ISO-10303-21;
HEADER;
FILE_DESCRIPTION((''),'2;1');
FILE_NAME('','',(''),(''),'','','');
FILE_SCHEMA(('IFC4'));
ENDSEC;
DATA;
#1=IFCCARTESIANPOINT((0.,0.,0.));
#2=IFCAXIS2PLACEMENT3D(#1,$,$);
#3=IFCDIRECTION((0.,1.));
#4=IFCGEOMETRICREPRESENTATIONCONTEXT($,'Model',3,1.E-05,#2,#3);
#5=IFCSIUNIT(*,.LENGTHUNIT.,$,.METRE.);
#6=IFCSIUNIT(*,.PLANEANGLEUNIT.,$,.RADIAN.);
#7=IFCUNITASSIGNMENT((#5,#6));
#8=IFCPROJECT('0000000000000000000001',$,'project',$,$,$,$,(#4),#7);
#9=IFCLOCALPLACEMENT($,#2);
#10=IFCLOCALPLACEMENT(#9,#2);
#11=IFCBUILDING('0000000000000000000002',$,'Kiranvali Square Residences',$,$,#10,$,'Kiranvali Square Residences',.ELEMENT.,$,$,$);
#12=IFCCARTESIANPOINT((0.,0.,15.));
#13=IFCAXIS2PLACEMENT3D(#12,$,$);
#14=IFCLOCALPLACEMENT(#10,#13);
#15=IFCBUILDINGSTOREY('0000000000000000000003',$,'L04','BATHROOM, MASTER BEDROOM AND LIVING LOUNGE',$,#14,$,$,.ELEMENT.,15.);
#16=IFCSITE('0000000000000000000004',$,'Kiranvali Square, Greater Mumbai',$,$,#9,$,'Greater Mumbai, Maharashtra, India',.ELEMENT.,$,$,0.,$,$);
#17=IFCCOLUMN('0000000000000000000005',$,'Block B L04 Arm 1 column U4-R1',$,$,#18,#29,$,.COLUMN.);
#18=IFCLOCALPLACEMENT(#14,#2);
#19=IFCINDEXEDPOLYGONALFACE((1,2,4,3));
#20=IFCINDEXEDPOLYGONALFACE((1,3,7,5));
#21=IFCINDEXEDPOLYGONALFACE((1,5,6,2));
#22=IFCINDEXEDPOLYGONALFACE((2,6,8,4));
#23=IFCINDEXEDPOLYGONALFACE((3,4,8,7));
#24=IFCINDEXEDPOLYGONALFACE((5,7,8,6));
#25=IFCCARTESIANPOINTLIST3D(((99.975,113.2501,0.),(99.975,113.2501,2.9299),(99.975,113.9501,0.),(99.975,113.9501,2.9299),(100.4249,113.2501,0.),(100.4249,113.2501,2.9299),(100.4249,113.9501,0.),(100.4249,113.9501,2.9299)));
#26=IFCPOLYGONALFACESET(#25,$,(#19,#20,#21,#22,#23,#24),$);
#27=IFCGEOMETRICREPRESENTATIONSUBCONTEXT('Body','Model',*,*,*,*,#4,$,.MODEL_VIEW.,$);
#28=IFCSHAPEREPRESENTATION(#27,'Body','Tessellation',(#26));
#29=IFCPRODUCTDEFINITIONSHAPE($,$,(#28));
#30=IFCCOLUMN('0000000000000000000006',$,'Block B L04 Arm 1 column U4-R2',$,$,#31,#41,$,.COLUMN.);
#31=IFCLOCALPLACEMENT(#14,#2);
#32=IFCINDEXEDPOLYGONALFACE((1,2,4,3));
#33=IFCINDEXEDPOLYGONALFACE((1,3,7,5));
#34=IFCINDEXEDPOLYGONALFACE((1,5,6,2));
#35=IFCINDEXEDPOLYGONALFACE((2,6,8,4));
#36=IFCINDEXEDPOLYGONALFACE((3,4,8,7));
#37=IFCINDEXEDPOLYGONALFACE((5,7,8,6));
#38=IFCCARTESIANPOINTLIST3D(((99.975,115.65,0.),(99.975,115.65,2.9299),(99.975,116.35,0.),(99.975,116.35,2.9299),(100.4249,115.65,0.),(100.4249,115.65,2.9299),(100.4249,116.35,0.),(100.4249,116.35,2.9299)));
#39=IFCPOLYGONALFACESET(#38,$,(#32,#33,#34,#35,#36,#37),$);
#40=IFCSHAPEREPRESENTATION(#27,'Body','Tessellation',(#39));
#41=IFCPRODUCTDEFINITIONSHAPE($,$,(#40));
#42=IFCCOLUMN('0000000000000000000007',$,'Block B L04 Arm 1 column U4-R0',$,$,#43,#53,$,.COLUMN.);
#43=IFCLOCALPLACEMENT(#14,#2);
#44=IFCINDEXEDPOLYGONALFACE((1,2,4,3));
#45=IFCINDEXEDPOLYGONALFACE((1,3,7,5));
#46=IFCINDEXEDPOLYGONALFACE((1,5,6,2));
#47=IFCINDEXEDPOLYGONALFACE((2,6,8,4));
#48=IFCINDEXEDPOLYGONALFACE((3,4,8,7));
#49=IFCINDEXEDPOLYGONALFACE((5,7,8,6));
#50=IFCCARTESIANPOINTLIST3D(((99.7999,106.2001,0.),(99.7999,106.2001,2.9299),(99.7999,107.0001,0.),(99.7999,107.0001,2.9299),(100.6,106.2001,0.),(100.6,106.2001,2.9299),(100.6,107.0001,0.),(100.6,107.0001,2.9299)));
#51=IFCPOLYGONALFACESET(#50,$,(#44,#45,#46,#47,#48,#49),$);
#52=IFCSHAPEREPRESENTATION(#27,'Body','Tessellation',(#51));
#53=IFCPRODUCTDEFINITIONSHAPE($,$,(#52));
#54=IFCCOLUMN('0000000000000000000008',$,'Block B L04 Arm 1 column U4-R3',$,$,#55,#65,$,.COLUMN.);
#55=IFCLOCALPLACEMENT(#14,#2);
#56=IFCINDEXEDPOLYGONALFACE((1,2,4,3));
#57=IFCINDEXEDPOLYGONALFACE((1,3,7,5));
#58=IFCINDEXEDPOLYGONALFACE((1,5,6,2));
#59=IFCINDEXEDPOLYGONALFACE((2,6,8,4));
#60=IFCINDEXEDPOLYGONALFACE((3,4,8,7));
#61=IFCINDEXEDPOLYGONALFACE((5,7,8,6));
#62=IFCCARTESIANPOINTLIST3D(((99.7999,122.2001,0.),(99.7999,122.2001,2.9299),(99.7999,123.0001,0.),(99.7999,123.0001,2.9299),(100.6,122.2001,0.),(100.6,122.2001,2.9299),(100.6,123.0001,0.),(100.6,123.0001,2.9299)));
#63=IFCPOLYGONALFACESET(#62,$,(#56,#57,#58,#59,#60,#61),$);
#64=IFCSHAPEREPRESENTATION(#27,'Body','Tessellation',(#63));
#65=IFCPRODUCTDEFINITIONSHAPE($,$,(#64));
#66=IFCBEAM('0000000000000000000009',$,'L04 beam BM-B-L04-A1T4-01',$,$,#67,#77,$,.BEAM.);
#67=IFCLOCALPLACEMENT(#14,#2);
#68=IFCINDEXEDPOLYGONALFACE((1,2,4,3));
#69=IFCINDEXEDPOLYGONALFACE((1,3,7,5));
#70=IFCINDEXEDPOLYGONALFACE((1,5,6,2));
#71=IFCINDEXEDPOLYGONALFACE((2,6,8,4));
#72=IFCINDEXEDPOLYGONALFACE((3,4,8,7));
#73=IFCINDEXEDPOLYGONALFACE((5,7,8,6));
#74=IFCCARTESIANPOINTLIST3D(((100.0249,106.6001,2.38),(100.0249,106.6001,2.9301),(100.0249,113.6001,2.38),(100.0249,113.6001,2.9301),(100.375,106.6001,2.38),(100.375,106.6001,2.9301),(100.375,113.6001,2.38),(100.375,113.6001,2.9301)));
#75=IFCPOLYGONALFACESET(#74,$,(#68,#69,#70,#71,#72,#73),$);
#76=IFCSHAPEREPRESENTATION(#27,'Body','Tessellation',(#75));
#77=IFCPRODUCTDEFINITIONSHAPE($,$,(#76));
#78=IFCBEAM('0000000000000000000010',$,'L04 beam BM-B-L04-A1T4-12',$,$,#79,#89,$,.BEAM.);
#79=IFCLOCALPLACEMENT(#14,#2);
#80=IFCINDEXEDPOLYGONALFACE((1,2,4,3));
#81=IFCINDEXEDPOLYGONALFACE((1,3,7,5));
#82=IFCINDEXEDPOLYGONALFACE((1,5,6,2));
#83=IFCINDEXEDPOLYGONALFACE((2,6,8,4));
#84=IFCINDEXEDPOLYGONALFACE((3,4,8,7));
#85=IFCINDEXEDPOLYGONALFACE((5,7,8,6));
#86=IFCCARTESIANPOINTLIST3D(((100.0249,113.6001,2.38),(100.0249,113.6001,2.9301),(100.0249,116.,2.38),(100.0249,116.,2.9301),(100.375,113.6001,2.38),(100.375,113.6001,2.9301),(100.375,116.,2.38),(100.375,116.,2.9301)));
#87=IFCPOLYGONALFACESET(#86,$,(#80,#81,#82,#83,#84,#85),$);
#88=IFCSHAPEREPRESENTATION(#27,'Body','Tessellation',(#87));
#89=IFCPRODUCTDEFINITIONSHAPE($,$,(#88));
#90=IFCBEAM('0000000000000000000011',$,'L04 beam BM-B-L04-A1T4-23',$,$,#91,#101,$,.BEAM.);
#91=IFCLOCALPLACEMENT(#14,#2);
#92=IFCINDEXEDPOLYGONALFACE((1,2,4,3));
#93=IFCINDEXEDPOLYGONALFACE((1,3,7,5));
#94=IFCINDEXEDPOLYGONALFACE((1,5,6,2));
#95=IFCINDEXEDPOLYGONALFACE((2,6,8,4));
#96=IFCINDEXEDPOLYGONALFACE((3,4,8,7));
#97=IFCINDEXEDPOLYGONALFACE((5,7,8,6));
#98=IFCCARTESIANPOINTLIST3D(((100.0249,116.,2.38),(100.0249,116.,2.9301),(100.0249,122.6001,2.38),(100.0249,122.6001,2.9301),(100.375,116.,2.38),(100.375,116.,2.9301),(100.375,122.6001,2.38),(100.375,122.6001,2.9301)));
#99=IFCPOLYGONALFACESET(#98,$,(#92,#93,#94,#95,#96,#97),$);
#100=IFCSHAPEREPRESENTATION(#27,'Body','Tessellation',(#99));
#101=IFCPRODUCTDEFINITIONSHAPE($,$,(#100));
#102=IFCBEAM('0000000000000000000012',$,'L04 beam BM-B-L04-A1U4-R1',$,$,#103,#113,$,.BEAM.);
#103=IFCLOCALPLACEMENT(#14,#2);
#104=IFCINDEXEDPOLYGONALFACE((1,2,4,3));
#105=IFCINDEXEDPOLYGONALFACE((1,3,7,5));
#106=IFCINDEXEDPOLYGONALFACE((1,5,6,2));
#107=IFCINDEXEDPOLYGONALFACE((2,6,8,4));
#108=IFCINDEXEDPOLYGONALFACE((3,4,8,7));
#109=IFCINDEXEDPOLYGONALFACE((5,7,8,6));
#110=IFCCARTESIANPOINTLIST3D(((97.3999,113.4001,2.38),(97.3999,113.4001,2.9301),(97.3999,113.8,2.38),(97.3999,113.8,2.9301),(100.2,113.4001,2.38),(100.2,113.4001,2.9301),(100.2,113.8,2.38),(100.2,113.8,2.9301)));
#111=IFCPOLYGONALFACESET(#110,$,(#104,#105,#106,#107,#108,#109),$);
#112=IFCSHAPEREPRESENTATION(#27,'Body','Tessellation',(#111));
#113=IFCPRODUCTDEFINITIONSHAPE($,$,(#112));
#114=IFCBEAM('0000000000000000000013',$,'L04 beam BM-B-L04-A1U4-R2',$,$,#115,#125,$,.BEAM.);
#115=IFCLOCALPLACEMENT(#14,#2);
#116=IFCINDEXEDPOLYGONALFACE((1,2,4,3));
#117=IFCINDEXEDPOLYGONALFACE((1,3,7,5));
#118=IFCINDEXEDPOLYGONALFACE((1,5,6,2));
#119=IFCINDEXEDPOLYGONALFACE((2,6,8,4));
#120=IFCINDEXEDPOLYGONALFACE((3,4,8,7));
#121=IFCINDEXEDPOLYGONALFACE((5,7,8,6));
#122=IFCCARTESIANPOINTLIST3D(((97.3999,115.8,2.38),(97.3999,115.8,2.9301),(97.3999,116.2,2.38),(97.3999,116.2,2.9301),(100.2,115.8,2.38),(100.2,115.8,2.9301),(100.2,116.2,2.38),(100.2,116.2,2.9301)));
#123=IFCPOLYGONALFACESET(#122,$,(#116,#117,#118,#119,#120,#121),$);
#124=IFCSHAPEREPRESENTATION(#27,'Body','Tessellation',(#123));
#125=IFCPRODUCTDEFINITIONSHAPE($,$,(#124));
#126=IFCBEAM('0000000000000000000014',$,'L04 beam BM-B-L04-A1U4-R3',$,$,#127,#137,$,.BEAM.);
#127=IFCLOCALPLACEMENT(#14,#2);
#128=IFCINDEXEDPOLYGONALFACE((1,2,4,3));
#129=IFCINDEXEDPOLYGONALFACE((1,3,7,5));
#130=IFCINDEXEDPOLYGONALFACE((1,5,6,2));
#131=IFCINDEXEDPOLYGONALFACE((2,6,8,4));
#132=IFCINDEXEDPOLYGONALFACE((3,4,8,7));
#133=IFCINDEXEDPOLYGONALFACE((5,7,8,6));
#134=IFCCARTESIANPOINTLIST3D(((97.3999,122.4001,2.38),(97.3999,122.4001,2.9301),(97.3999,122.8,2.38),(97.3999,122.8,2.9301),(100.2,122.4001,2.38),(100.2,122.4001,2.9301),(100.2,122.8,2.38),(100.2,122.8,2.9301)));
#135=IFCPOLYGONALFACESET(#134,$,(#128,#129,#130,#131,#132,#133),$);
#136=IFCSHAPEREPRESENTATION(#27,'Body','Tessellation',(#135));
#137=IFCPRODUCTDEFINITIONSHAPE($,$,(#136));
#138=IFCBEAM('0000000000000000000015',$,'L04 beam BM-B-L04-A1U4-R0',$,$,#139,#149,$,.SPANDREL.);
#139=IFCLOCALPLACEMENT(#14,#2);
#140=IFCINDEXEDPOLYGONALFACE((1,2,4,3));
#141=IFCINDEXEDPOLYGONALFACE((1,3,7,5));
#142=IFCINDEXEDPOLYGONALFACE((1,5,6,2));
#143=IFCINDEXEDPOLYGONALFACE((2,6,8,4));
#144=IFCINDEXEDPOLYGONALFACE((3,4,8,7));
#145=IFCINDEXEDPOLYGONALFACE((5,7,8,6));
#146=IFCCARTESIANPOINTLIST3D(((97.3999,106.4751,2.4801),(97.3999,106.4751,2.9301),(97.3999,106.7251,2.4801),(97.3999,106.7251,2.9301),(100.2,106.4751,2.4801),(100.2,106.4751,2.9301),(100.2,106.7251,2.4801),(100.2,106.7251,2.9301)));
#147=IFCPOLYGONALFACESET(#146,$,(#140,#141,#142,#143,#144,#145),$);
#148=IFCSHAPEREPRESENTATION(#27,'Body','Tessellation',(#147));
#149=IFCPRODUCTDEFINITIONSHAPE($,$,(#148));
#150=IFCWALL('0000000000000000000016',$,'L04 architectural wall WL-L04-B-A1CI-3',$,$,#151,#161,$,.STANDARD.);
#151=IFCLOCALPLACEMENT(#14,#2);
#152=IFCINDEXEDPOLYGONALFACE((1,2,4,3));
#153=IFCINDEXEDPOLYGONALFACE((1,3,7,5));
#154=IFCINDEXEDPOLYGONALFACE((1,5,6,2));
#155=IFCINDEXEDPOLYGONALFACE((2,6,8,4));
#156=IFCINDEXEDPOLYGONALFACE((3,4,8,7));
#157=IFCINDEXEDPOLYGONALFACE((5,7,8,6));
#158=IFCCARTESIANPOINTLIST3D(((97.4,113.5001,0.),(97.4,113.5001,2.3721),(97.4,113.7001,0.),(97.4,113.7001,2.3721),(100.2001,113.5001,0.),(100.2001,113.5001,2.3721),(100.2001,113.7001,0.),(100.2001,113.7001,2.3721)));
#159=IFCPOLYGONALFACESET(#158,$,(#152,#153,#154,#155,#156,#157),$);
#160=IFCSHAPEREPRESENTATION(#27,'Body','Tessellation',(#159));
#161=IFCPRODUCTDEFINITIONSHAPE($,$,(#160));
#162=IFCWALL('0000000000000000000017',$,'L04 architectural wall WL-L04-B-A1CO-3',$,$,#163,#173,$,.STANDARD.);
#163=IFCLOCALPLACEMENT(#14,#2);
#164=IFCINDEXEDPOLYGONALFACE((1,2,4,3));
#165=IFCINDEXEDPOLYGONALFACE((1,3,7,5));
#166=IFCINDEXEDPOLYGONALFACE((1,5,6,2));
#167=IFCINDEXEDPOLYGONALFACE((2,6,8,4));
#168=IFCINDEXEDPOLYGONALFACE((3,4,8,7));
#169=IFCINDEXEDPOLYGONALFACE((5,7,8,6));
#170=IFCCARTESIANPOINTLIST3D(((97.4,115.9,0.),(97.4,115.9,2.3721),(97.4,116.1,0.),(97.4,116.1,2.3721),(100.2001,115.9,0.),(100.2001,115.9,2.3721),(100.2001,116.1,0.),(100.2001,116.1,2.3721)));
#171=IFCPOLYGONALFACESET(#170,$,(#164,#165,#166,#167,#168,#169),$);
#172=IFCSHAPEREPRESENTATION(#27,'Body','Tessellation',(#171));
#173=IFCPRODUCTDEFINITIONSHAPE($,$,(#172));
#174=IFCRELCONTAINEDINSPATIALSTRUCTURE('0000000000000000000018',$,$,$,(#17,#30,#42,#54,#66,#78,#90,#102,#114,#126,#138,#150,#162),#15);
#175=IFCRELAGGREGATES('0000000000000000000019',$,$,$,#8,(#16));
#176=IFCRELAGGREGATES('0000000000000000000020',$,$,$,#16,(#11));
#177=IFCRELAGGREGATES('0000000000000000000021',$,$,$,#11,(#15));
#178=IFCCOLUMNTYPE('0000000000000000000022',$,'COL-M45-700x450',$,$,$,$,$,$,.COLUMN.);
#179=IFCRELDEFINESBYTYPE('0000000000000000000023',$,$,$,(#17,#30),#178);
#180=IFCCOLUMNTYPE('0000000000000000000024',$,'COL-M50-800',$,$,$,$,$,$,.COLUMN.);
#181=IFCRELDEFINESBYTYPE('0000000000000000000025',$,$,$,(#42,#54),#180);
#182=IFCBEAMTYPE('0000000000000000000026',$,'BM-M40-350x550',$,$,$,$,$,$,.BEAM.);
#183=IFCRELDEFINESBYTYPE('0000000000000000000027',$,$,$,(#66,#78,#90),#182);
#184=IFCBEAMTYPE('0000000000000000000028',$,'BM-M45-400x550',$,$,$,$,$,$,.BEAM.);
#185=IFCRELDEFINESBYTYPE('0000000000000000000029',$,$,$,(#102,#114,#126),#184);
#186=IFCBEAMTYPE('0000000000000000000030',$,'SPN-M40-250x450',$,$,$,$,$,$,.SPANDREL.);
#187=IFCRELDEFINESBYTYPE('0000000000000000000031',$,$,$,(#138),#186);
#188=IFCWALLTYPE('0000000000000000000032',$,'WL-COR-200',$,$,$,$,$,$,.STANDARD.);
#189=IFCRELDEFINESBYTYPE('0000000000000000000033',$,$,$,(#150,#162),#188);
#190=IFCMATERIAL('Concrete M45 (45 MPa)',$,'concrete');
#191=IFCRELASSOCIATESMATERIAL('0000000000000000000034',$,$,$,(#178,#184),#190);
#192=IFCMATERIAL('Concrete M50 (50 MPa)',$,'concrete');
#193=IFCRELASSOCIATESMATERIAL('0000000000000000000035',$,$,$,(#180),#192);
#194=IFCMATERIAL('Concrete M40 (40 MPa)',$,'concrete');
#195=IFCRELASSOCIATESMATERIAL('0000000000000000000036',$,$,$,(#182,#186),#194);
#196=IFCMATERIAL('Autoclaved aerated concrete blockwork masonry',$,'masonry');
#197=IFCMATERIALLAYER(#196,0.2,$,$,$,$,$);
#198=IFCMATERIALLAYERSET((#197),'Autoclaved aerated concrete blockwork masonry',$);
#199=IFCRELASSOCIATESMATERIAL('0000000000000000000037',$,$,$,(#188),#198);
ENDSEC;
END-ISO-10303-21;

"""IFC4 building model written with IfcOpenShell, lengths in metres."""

from ifc_helpers import new_model, si_unit, direction, frame, frame_2d, origin, origin_2d, place, context, subcontext, project, spatial, rectangle, extrude, material, layer, layer_set, material_profile, profile_set, type_object, element, save


model = new_model("IFC4")

# Units and contexts
model_context = context("Model", 3, precision=1e-05, world=origin(), true_north=direction((0.0, 1.0)))
body_context = subcontext(model_context, "Body", "Model", "MODEL_VIEW")
ifc_project = project(units=[si_unit("LENGTHUNIT", "METRE"), si_unit("PLANEANGLEUNIT", "RADIAN")], contexts=[model_context])

# Site, building, storey
site_placement = place(None, origin())
site = spatial("IfcSite", under=ifc_project, at=site_placement, Name="Kiranvali Square, Greater Mumbai", LongName="Greater Mumbai, Maharashtra, India", CompositionType="ELEMENT", RefElevation=0.0)
building_placement = place(site_placement, origin())
building = spatial("IfcBuilding", under=site, at=building_placement, Name="Kiranvali Square Residences", LongName="Kiranvali Square Residences", CompositionType="ELEMENT")
storey_placement = place(building_placement, frame((0.0, 0.0, 15.0)))
storey = spatial("IfcBuildingStorey", under=building, at=storey_placement, Name="L04", Description="BATHROOM, MASTER BEDROOM AND LIVING LOUNGE", CompositionType="ELEMENT", Elevation=15.0)

# Columns
ifc_material_1 = material(Name="Concrete M45 (45 MPa)", Category="concrete")
ifc_material_profile_1 = material_profile(ifc_material_1, rectangle(XDim=0.45, YDim=0.7, at=origin_2d()), Name="RC 700x450")
ifc_profile_set_1 = profile_set([ifc_material_profile_1], Name="Concrete M45 (45 MPa)")
column_type_1 = type_object("IfcColumnType", Name="COL-M45-700x450", PredefinedType="COLUMN", material=ifc_profile_set_1)
for number, where, z_axis, x_axis, name in (
    (1, (100.2, 113.6001, 0.0), (0.0, 0.0, 1.0), (1.0, 0.0, 0.0), "Block B L04 Arm 1 column U4-R1"),
    (2, (100.2, 116.0, 0.0), (0.0, 0.0, 1.0), (1.0, 0.0, 0.0), "Block B L04 Arm 1 column U4-R2"),
):
    element("IfcColumn", number, at=place(storey_placement, frame(where, z_axis=z_axis, x_axis=x_axis)), inside=storey, type_object=column_type_1, Name=name, PredefinedType="COLUMN", context=body_context, shape_type="SweptSolid", body=[
        extrude(rectangle(XDim=0.45, YDim=0.7, at=origin_2d()), origin(), (0.0, 0.0, 1.0), 2.9299),
    ])
ifc_material_2 = material(Name="Concrete M50 (50 MPa)", Category="concrete")
ifc_material_profile_2 = material_profile(ifc_material_2, rectangle(XDim=0.8, YDim=0.8, at=origin_2d()), Name="RC 800x800")
ifc_profile_set_2 = profile_set([ifc_material_profile_2], Name="Concrete M50 (50 MPa)")
column_type_2 = type_object("IfcColumnType", Name="COL-M50-800", PredefinedType="COLUMN", material=ifc_profile_set_2)
for number, where, z_axis, x_axis, name in (
    (3, (100.2, 106.6001, 0.0), (0.0, 0.0, 1.0), (1.0, 0.0, 0.0), "Block B L04 Arm 1 column U4-R0"),
    (4, (100.2, 122.6001, 0.0), (0.0, 0.0, 1.0), (1.0, 0.0, 0.0), "Block B L04 Arm 1 column U4-R3"),
):
    element("IfcColumn", number, at=place(storey_placement, frame(where, z_axis=z_axis, x_axis=x_axis)), inside=storey, type_object=column_type_2, Name=name, PredefinedType="COLUMN", context=body_context, shape_type="SweptSolid", body=[
        extrude(rectangle(XDim=0.8, YDim=0.8, at=origin_2d()), origin(), (0.0, 0.0, 1.0), 2.9299),
    ])

# Beams
ifc_material_3 = material(Name="Concrete M40 (40 MPa)", Category="concrete")
ifc_material_profile_3 = material_profile(ifc_material_3, rectangle(XDim=0.3501, YDim=0.55, at=origin_2d()), Name="RC 350x550")
ifc_profile_set_3 = profile_set([ifc_material_profile_3], Name="Concrete M40 (40 MPa)")
beam_type_1 = type_object("IfcBeamType", Name="BM-M40-350x550", PredefinedType="BEAM", material=ifc_profile_set_3)
beam_1_placement = place(storey_placement, frame((100.2, 106.6001, 2.655), z_axis=(0.0, 1.0, 0.0), x_axis=(-1.0, 0.0, 0.0)))
element("IfcBeam", 5, at=beam_1_placement, inside=storey, type_object=beam_type_1, Name="L04 beam BM-B-L04-A1T4-01", PredefinedType="BEAM", context=body_context, shape_type="SweptSolid", body=[
    extrude(rectangle(XDim=0.3501, YDim=0.55, at=origin_2d()), origin(), (0.0, 0.0, 1.0), 7.0),
])
beam_2_placement = place(storey_placement, frame((100.2, 113.6001, 2.655), z_axis=(0.0, 1.0, 0.0), x_axis=(-1.0, 0.0, 0.0)))
element("IfcBeam", 6, at=beam_2_placement, inside=storey, type_object=beam_type_1, Name="L04 beam BM-B-L04-A1T4-12", PredefinedType="BEAM", context=body_context, shape_type="SweptSolid", body=[
    extrude(rectangle(XDim=0.3501, YDim=0.55, at=origin_2d()), origin(), (0.0, 0.0, 1.0), 2.3999),
])
beam_3_placement = place(storey_placement, frame((100.2, 116.0, 2.655), z_axis=(0.0, 1.0, 0.0), x_axis=(-1.0, 0.0, 0.0)))
element("IfcBeam", 7, at=beam_3_placement, inside=storey, type_object=beam_type_1, Name="L04 beam BM-B-L04-A1T4-23", PredefinedType="BEAM", context=body_context, shape_type="SweptSolid", body=[
    extrude(rectangle(XDim=0.3501, YDim=0.55, at=origin_2d()), origin(), (0.0, 0.0, 1.0), 6.6001),
])
ifc_material_profile_4 = material_profile(ifc_material_1, rectangle(XDim=0.3999, YDim=0.55, at=origin_2d()), Name="RC 400x550")
ifc_profile_set_4 = profile_set([ifc_material_profile_4], Name="Concrete M45 (45 MPa)")
beam_type_2 = type_object("IfcBeamType", Name="BM-M45-400x550", PredefinedType="BEAM", material=ifc_profile_set_4)
for number, where, z_axis, x_axis, name in (
    (8, (100.2, 113.6001, 2.655), (-1.0, 0.0, 0.0), (0.0, -1.0, 0.0), "L04 beam BM-B-L04-A1U4-R1"),
    (9, (100.2, 116.0, 2.655), (-1.0, 0.0, 0.0), (0.0, -1.0, 0.0), "L04 beam BM-B-L04-A1U4-R2"),
    (10, (100.2, 122.6001, 2.655), (-1.0, 0.0, 0.0), (0.0, -1.0, 0.0), "L04 beam BM-B-L04-A1U4-R3"),
):
    element("IfcBeam", number, at=place(storey_placement, frame(where, z_axis=z_axis, x_axis=x_axis)), inside=storey, type_object=beam_type_2, Name=name, PredefinedType="BEAM", context=body_context, shape_type="SweptSolid", body=[
        extrude(rectangle(XDim=0.3999, YDim=0.55, at=origin_2d()), origin(), (0.0, 0.0, 1.0), 2.8),
    ])
ifc_material_profile_5 = material_profile(ifc_material_3, rectangle(XDim=0.25, YDim=0.45, at=origin_2d()), Name="RC 250x450")
ifc_profile_set_5 = profile_set([ifc_material_profile_5], Name="Concrete M40 (40 MPa)")
beam_type_3 = type_object("IfcBeamType", Name="SPN-M40-250x450", PredefinedType="SPANDREL", material=ifc_profile_set_5)
beam_4_placement = place(storey_placement, frame((100.2, 106.6001, 2.7051), z_axis=(-1.0, 0.0, 0.0), x_axis=(0.0, -1.0, 0.0)))
element("IfcBeam", 11, at=beam_4_placement, inside=storey, type_object=beam_type_3, Name="L04 beam BM-B-L04-A1U4-R0", PredefinedType="SPANDREL", context=body_context, shape_type="SweptSolid", body=[
    extrude(rectangle(XDim=0.25, YDim=0.45, at=origin_2d()), origin(), (0.0, 0.0, 1.0), 2.8),
])

# Walls
ifc_material_4 = material(Name="Autoclaved aerated concrete blockwork masonry", Category="masonry")
ifc_layer_1 = layer(ifc_material_4, 0.2)
ifc_layer_set_1 = layer_set([ifc_layer_1], Name="Autoclaved aerated concrete blockwork masonry")
wall_type_1 = type_object("IfcWallType", Name="WL-COR-200", PredefinedType="STANDARD", material=ifc_layer_set_1)
for number, where, z_axis, x_axis, name in (
    (12, (100.2, 113.6001, 0.0), (0.0, 0.0, 1.0), (-1.0, 0.0, 0.0), "L04 architectural wall WL-L04-B-A1CI-3"),
    (13, (100.2, 116.0, 0.0), (0.0, 0.0, 1.0), (-1.0, 0.0, 0.0), "L04 architectural wall WL-L04-B-A1CO-3"),
):
    element("IfcWall", number, at=place(storey_placement, frame(where, z_axis=z_axis, x_axis=x_axis)), inside=storey, type_object=wall_type_1, Name=name, PredefinedType="STANDARD", context=body_context, shape_type="SweptSolid", body=[
        extrude(rectangle(XDim=2.8, YDim=0.2, at=frame_2d((1.3999, 0.0))), origin(), (0.0, 0.0, 1.0), 2.3721),
    ])

save(model, "model.ifc")
